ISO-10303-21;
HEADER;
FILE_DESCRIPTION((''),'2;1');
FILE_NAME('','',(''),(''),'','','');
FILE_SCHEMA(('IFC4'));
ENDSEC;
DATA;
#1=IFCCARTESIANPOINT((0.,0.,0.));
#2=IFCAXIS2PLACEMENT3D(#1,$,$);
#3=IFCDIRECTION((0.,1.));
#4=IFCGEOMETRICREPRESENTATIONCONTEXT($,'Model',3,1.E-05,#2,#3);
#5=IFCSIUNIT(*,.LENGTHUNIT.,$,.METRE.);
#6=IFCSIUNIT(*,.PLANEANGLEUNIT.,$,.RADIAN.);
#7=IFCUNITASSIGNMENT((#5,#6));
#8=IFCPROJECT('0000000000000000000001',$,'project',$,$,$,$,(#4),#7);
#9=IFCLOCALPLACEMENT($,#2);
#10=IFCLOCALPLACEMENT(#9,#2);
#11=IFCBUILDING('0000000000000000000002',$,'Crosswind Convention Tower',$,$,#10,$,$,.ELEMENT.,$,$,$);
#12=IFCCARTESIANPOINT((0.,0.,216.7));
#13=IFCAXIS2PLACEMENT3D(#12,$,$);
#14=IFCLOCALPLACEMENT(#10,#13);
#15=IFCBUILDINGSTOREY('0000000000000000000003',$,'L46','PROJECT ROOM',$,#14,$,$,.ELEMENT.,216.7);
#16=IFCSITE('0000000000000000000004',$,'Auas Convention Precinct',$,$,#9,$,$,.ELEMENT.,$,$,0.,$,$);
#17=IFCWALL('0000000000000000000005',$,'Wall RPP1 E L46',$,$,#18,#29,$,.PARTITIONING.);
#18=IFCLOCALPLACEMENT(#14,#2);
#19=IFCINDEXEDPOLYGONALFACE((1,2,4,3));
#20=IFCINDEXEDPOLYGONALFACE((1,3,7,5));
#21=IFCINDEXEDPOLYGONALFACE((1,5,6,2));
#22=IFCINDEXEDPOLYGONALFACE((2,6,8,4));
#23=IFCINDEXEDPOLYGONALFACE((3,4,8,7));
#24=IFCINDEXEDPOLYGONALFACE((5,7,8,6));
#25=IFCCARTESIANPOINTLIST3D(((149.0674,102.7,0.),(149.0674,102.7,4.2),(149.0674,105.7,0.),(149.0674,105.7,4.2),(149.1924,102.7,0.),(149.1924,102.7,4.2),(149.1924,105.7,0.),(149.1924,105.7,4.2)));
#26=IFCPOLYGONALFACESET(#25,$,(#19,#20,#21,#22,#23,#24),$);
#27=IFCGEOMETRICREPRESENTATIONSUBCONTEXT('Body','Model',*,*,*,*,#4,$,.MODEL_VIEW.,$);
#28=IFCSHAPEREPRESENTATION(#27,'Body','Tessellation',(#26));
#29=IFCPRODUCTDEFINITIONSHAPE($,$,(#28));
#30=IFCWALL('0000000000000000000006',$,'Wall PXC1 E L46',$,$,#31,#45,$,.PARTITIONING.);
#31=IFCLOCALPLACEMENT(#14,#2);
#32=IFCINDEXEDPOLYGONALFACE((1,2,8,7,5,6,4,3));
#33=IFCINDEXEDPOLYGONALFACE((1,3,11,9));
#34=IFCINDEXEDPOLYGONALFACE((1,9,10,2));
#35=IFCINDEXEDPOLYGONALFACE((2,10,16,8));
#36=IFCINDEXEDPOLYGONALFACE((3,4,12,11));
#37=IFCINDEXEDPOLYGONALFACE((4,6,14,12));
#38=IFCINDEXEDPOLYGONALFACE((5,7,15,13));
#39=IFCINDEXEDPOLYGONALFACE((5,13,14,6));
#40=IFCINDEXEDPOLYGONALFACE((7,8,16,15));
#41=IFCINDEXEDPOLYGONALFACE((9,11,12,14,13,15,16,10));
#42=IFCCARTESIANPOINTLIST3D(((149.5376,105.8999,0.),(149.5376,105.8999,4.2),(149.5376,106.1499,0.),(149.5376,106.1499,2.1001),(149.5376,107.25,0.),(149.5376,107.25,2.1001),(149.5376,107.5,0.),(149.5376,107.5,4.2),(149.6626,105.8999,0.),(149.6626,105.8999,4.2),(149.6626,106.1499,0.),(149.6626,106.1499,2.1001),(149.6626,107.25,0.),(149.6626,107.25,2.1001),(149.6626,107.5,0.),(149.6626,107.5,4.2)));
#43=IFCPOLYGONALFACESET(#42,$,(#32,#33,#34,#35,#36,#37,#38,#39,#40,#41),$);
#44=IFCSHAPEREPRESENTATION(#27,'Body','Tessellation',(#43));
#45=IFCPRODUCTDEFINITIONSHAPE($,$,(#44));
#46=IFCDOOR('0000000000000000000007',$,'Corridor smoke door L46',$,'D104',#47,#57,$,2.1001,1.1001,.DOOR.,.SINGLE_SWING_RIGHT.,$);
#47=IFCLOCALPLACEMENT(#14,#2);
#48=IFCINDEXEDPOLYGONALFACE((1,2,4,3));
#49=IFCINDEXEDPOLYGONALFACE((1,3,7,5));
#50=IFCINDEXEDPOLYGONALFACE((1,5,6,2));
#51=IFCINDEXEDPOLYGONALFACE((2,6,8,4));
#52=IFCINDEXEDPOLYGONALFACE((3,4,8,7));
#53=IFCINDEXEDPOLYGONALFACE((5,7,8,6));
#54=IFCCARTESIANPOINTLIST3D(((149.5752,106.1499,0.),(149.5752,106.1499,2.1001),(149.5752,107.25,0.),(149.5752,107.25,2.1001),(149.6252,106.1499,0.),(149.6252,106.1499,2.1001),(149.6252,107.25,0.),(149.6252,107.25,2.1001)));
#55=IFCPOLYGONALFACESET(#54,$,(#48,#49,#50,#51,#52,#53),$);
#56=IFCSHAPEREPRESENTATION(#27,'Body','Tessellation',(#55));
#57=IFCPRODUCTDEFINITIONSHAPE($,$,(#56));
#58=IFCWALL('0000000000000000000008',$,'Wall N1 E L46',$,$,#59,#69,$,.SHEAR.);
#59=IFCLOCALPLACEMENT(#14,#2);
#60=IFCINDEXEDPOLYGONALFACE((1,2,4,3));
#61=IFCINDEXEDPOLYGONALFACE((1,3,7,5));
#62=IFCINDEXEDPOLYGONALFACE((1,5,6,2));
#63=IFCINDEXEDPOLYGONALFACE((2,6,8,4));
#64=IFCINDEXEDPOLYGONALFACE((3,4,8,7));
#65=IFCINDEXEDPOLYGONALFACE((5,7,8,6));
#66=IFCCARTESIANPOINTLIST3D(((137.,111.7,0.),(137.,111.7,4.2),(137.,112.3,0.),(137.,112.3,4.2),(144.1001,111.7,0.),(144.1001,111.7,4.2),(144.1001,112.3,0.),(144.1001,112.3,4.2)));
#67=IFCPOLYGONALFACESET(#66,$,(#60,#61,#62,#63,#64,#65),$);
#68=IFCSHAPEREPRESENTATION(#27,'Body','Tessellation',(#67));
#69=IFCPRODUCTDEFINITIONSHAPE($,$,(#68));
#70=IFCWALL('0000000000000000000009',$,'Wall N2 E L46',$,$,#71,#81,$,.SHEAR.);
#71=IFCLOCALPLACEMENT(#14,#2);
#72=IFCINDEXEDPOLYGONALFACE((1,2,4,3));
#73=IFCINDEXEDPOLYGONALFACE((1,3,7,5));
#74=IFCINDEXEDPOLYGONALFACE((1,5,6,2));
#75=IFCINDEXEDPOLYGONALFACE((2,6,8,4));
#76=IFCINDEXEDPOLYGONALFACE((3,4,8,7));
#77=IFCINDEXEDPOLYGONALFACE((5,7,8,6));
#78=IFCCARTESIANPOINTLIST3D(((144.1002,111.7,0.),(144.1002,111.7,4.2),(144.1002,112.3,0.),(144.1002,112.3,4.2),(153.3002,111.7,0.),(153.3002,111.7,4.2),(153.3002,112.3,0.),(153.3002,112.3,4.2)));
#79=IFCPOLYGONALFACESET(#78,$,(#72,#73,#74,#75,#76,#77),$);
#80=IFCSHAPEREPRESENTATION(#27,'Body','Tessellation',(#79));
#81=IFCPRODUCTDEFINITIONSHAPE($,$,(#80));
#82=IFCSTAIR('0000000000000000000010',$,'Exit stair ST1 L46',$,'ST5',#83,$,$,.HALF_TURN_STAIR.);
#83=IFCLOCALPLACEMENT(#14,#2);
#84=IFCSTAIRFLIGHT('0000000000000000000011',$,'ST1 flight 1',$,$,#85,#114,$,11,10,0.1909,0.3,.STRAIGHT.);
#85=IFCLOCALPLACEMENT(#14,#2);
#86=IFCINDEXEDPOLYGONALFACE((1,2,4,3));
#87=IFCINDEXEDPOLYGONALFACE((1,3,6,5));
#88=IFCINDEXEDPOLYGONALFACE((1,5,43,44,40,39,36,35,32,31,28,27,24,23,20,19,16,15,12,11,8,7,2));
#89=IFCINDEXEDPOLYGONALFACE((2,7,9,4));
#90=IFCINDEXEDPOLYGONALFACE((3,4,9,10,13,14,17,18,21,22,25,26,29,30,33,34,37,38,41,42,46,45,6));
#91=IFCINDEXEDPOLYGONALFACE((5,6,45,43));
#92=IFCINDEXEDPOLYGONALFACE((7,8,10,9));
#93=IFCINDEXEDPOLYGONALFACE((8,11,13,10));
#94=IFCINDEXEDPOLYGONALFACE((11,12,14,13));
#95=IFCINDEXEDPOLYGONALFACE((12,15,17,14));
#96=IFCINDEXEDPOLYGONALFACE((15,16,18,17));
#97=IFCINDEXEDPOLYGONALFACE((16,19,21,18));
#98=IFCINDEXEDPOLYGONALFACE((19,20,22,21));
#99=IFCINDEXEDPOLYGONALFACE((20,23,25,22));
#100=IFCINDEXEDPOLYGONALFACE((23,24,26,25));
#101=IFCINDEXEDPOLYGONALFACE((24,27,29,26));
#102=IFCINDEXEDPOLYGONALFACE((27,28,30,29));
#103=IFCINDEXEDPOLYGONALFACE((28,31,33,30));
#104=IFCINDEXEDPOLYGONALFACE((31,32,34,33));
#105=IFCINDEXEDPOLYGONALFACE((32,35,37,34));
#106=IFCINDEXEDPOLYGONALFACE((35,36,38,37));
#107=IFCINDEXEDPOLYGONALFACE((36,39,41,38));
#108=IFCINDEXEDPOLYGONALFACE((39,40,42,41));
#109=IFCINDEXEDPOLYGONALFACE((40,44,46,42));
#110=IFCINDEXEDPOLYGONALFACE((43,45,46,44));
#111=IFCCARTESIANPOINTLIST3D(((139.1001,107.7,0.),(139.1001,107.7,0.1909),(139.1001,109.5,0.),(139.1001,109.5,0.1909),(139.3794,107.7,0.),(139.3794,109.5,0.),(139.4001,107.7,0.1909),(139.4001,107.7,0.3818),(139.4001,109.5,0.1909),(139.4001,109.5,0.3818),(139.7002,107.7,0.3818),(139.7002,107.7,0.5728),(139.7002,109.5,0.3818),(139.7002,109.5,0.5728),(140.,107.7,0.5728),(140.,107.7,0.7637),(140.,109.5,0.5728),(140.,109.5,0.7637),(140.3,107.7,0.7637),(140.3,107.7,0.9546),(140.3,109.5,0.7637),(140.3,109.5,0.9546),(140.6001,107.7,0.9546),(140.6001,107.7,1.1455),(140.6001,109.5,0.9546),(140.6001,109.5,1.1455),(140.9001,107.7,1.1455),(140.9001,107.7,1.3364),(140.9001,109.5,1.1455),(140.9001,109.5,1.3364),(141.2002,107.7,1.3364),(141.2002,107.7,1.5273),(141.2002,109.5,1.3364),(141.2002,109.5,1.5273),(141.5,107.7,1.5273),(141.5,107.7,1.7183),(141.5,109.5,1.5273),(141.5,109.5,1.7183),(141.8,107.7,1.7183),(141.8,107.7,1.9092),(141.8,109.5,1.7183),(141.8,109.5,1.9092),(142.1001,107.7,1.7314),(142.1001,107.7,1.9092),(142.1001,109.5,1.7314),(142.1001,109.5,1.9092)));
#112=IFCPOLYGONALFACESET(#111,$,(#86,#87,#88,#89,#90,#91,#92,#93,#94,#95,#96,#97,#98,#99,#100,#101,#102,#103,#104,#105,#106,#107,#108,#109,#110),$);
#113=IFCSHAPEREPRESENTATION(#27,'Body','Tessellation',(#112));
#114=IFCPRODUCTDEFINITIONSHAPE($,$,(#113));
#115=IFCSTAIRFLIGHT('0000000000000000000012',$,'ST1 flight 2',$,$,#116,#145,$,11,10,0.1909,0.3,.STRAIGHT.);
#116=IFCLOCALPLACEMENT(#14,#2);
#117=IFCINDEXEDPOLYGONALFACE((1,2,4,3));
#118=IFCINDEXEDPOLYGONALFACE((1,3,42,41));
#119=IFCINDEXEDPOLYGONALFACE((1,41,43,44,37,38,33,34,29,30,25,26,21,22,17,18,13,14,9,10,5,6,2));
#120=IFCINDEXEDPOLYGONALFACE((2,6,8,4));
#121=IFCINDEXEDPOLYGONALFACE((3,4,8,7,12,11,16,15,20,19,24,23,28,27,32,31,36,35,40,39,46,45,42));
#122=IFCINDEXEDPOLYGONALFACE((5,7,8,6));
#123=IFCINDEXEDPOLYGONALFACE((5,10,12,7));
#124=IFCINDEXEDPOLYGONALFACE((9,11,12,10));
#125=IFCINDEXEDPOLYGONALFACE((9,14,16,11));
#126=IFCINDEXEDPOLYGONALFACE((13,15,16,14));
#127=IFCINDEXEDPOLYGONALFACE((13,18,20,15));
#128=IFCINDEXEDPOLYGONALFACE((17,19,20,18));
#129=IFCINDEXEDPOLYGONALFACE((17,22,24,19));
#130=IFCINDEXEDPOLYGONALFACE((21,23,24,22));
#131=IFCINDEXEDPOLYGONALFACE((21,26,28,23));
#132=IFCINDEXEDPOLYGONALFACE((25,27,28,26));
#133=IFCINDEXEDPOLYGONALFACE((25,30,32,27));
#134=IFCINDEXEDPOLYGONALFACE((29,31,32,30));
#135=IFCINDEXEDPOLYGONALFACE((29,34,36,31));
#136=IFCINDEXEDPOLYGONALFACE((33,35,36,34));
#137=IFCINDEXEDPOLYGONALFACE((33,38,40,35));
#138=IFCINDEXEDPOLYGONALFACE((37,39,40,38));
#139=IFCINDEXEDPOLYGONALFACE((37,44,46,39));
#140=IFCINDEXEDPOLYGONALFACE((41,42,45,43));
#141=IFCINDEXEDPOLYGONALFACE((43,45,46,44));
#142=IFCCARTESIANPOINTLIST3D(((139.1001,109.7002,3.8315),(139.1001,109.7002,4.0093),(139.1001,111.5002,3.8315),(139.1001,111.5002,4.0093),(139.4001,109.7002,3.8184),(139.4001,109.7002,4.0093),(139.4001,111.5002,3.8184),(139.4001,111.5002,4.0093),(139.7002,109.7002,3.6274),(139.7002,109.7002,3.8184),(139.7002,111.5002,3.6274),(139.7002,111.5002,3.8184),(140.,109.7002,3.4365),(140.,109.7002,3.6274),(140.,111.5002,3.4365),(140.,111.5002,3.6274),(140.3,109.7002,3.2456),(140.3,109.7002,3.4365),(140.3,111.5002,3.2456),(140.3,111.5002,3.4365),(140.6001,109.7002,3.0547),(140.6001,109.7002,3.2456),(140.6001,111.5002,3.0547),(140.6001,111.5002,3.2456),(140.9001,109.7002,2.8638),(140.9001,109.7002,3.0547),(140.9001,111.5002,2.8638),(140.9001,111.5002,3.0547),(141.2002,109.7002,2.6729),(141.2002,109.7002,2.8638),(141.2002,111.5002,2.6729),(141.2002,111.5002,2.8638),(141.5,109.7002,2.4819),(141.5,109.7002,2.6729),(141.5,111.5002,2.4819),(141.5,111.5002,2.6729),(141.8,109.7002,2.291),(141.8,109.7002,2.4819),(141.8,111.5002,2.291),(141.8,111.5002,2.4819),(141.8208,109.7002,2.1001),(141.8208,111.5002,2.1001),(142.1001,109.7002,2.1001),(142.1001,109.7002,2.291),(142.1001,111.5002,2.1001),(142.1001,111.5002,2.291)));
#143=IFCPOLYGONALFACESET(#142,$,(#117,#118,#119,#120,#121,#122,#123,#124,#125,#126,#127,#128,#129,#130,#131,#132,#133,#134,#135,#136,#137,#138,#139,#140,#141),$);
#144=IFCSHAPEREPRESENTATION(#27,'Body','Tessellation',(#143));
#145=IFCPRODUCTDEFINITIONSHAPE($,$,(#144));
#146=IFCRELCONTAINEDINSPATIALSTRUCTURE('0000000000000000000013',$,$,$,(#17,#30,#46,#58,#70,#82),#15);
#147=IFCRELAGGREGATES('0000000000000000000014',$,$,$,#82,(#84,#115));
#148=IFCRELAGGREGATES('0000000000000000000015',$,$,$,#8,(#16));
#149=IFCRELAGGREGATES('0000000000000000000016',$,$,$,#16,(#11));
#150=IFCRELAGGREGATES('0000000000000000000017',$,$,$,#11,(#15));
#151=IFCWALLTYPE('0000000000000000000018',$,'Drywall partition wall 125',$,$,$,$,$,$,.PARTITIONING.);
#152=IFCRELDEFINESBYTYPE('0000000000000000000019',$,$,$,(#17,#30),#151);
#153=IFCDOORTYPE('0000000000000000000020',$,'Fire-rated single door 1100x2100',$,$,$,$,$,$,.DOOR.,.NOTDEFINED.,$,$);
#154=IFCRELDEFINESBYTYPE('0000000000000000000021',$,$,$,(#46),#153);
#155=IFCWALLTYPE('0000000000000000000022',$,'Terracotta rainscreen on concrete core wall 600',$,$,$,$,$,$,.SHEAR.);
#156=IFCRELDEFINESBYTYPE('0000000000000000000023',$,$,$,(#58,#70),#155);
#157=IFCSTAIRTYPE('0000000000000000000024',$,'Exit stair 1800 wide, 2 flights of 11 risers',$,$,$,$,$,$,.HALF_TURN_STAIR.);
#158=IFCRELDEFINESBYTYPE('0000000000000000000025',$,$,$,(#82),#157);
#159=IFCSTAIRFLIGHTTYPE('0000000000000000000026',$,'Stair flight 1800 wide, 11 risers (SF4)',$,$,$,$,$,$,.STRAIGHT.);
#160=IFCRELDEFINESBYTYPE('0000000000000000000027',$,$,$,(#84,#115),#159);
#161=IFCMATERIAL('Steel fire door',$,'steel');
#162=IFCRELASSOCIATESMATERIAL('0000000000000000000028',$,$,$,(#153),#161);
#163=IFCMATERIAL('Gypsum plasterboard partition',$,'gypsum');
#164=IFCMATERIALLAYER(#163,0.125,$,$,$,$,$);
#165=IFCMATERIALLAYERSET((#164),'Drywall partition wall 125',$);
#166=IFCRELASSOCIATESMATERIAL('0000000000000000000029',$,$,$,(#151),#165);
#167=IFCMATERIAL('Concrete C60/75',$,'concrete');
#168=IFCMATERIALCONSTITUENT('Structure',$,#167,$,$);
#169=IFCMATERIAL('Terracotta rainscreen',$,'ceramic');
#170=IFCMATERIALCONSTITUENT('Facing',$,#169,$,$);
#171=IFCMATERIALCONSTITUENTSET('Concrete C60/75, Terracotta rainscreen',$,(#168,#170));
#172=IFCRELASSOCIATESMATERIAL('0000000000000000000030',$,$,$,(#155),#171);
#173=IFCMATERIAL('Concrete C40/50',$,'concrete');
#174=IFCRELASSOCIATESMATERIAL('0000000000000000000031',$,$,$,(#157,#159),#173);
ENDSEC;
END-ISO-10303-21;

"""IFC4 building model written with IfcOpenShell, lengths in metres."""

from ifc_helpers import new_model, si_unit, direction, frame, frame_2d, origin, place, context, subcontext, project, spatial, polyline, rectangle, outline, extrude, material, layer, layer_set, constituent, constituent_set, type_object, element, fill, aggregate, save


model = new_model("IFC4")

# Units and contexts
model_context = context("Model", 3, precision=1e-05, world=origin(), true_north=direction((0.0, 1.0)))
body_context = subcontext(model_context, "Body", "Model", "MODEL_VIEW")
ifc_project = project(units=[si_unit("LENGTHUNIT", "METRE"), si_unit("PLANEANGLEUNIT", "RADIAN")], contexts=[model_context])

# Site, building, storey
site_placement = place(None, origin())
site = spatial("IfcSite", under=ifc_project, at=site_placement, Name="Auas Convention Precinct", CompositionType="ELEMENT", RefElevation=0.0)
building_placement = place(site_placement, origin())
building = spatial("IfcBuilding", under=site, at=building_placement, Name="Crosswind Convention Tower", CompositionType="ELEMENT")
storey_placement = place(building_placement, frame((0.0, 0.0, 216.7)))
storey = spatial("IfcBuildingStorey", under=building, at=storey_placement, Name="L46", Description="PROJECT ROOM", CompositionType="ELEMENT", Elevation=216.7)

# Shared definitions
ifc_material_1 = material(Name="Steel fire door", Category="steel")
door_type_1 = type_object("IfcDoorType", Name="Fire-rated single door 1100x2100", OperationType="NOTDEFINED", PredefinedType="DOOR", material=ifc_material_1)

# Wall
ifc_material_2 = material(Name="Gypsum plasterboard partition", Category="gypsum")
ifc_layer_1 = layer(ifc_material_2, 0.125)
ifc_layer_set_1 = layer_set([ifc_layer_1], Name="Drywall partition wall 125")
wall_type_1 = type_object("IfcWallType", Name="Drywall partition wall 125", PredefinedType="PARTITIONING", material=ifc_layer_set_1)
wall_1_placement = place(storey_placement, frame((149.1299, 102.7, 0.0), z_axis=(0.0, 0.0, 1.0), x_axis=(0.0, 1.0, 0.0)))
element("IfcWall", 1, at=wall_1_placement, inside=storey, type_object=wall_type_1, Name="Wall RPP1 E L46", PredefinedType="PARTITIONING", context=body_context, shape_type="SweptSolid", body=[
    extrude(rectangle(XDim=3.0, YDim=0.125, at=frame_2d((1.5, 0.0))), origin(), (0.0, 0.0, 1.0), 4.2),
])

# Wall, opening, door
wall_2_placement = place(storey_placement, frame((149.6001, 105.8999, 0.0), z_axis=(0.0, 0.0, 1.0), x_axis=(0.0, 1.0, 0.0)))
wall_2 = element("IfcWall", 2, at=wall_2_placement, inside=storey, type_object=wall_type_1, Name="Wall PXC1 E L46", PredefinedType="PARTITIONING", context=body_context, shape_type="SweptSolid", body=[
    extrude(rectangle(XDim=1.6001, YDim=0.125, at=frame_2d((0.8, 0.0))), origin(), (0.0, 0.0, 1.0), 4.2),
])
opening_1_placement = place(wall_2_placement, frame((0.25, 0.0, 0.0)))
opening_1 = element("IfcOpeningElement", 3, at=opening_1_placement, cuts=wall_2, PredefinedType="OPENING", context=body_context, shape_type="SweptSolid", body=[
    extrude(rectangle(XDim=1.1001, YDim=2.1001, at=frame_2d((0.55, 1.05))), frame((0.0, 0.0725, 0.0), z_axis=(0.0, -1.0, 0.0), x_axis=(1.0, 0.0, 0.0)), (0.0, 0.0, 1.0), 0.145),
])
door_1_placement = place(opening_1_placement, origin())
door_1 = element("IfcDoor", 4, at=door_1_placement, inside=storey, type_object=door_type_1, Name="Corridor smoke door L46", ObjectType="D104", OperationType="SINGLE_SWING_RIGHT", OverallHeight=2.1001, OverallWidth=1.1001, PredefinedType="DOOR", context=body_context, shape_type="SweptSolid", body=[
    extrude(rectangle(XDim=1.1001, YDim=2.1001, at=frame_2d((0.55, 1.05))), frame((0.0, 0.0249, 0.0), z_axis=(0.0, -1.0, 0.0), x_axis=(1.0, 0.0, 0.0)), (0.0, 0.0, 1.0), 0.05),
])
fill(opening_1, door_1)

# Walls
ifc_material_3 = material(Name="Concrete C60/75", Category="concrete")
ifc_constituent_1 = constituent(ifc_material_3, Name="Structure")
ifc_material_4 = material(Name="Terracotta rainscreen", Category="ceramic")
ifc_constituent_2 = constituent(ifc_material_4, Name="Facing")
ifc_constituent_set = constituent_set(constituents=[ifc_constituent_1, ifc_constituent_2], Name="Concrete C60/75, Terracotta rainscreen")
wall_type_2 = type_object("IfcWallType", Name="Terracotta rainscreen on concrete core wall 600", PredefinedType="SHEAR", material=ifc_constituent_set)
wall_3_placement = place(storey_placement, frame((137.0, 112.0, 0.0), z_axis=(0.0, 0.0, 1.0), x_axis=(1.0, 0.0, 0.0)))
element("IfcWall", 5, at=wall_3_placement, inside=storey, type_object=wall_type_2, Name="Wall N1 E L46", PredefinedType="SHEAR", context=body_context, shape_type="SweptSolid", body=[
    extrude(rectangle(XDim=7.1001, YDim=0.6001, at=frame_2d((3.55, 0.0))), origin(), (0.0, 0.0, 1.0), 4.2),
])
wall_4_placement = place(storey_placement, frame((144.1001, 112.0, 0.0), z_axis=(0.0, 0.0, 1.0), x_axis=(1.0, 0.0, 0.0)))
element("IfcWall", 6, at=wall_4_placement, inside=storey, type_object=wall_type_2, Name="Wall N2 E L46", PredefinedType="SHEAR", context=body_context, shape_type="SweptSolid", body=[
    extrude(rectangle(XDim=9.2, YDim=0.6001, at=frame_2d((4.6001, 0.0))), origin(), (0.0, 0.0, 1.0), 4.2),
])

# Stair, stair flights
ifc_material_5 = material(Name="Concrete C40/50", Category="concrete")
stair_type = type_object("IfcStairType", Name="Exit stair 1800 wide, 2 flights of 11 risers", PredefinedType="HALF_TURN_STAIR", material=ifc_material_5)
stair_placement = place(storey_placement, origin())
stair = element("IfcStair", 7, at=stair_placement, inside=storey, type_object=stair_type, Name="Exit stair ST1 L46", ObjectType="ST5", PredefinedType="HALF_TURN_STAIR")
stair_flight_type = type_object("IfcStairFlightType", Name="Stair flight 1800 wide, 11 risers (SF4)", PredefinedType="STRAIGHT", material=ifc_material_5)
stair_flight_1_placement = place(storey_placement, frame((139.1001, 108.6001, 0.0), z_axis=(0.0, 0.0, 1.0), x_axis=(1.0, 0.0, 0.0)))
stair_flight_1 = element("IfcStairFlight", 8, at=stair_flight_1_placement, type_object=stair_flight_type, Name="ST1 flight 1", NumberOfRisers=11, NumberOfTreads=10, PredefinedType="STRAIGHT", RiserHeight=0.1909, TreadLength=0.3, context=body_context, shape_type="SweptSolid", body=[
    extrude(outline(polyline([(0.0, 0.0), (0.0, 0.1909), (0.3, 0.1909), (0.3, 0.3818), (0.6001, 0.3818), (0.6001, 0.5728), (0.8999, 0.5728), (0.8999, 0.7637), (1.2, 0.7637), (1.2, 0.9546), (1.5, 0.9546), (1.5, 1.1455), (1.8, 1.1455), (1.8, 1.3364), (2.1001, 1.3364), (2.1001, 1.5273), (2.3999, 1.5273), (2.3999, 1.7183), (2.7, 1.7183), (2.7, 1.9092), (3.0, 1.9092), (3.0, 2.1001), (3.0, 1.7314), (0.2793, 0.0), (0.0, 0.0)])), frame((0.0, 0.8999, 0.0), z_axis=(0.0, -1.0, 0.0), x_axis=(1.0, 0.0, 0.0)), (0.0, 0.0, 1.0), 1.8),
])
stair_flight_2_placement = place(storey_placement, frame((142.1001, 110.6001, 2.1001), z_axis=(0.0, 0.0, 1.0), x_axis=(-1.0, 0.0, 0.0)))
stair_flight_2 = element("IfcStairFlight", 9, at=stair_flight_2_placement, type_object=stair_flight_type, Name="ST1 flight 2", NumberOfRisers=11, NumberOfTreads=10, PredefinedType="STRAIGHT", RiserHeight=0.1909, TreadLength=0.3, context=body_context, shape_type="SweptSolid", body=[
    extrude(outline(polyline([(0.0, 0.0), (0.0, 0.1909), (0.3, 0.1909), (0.3, 0.3818), (0.6001, 0.3818), (0.6001, 0.5728), (0.8999, 0.5728), (0.8999, 0.7637), (1.2, 0.7637), (1.2, 0.9546), (1.5, 0.9546), (1.5, 1.1455), (1.8, 1.1455), (1.8, 1.3364), (2.1001, 1.3364), (2.1001, 1.5273), (2.3999, 1.5273), (2.3999, 1.7183), (2.7, 1.7183), (2.7, 1.9092), (3.0, 1.9092), (3.0, 2.1001), (3.0, 1.7314), (0.2793, 0.0), (0.0, 0.0)])), frame((0.0, 0.8999, 0.0), z_axis=(0.0, -1.0, 0.0), x_axis=(1.0, 0.0, 0.0)), (0.0, 0.0, 1.0), 1.8),
])
aggregate(stair, [stair_flight_1, stair_flight_2])

save(model, "model.ifc")
